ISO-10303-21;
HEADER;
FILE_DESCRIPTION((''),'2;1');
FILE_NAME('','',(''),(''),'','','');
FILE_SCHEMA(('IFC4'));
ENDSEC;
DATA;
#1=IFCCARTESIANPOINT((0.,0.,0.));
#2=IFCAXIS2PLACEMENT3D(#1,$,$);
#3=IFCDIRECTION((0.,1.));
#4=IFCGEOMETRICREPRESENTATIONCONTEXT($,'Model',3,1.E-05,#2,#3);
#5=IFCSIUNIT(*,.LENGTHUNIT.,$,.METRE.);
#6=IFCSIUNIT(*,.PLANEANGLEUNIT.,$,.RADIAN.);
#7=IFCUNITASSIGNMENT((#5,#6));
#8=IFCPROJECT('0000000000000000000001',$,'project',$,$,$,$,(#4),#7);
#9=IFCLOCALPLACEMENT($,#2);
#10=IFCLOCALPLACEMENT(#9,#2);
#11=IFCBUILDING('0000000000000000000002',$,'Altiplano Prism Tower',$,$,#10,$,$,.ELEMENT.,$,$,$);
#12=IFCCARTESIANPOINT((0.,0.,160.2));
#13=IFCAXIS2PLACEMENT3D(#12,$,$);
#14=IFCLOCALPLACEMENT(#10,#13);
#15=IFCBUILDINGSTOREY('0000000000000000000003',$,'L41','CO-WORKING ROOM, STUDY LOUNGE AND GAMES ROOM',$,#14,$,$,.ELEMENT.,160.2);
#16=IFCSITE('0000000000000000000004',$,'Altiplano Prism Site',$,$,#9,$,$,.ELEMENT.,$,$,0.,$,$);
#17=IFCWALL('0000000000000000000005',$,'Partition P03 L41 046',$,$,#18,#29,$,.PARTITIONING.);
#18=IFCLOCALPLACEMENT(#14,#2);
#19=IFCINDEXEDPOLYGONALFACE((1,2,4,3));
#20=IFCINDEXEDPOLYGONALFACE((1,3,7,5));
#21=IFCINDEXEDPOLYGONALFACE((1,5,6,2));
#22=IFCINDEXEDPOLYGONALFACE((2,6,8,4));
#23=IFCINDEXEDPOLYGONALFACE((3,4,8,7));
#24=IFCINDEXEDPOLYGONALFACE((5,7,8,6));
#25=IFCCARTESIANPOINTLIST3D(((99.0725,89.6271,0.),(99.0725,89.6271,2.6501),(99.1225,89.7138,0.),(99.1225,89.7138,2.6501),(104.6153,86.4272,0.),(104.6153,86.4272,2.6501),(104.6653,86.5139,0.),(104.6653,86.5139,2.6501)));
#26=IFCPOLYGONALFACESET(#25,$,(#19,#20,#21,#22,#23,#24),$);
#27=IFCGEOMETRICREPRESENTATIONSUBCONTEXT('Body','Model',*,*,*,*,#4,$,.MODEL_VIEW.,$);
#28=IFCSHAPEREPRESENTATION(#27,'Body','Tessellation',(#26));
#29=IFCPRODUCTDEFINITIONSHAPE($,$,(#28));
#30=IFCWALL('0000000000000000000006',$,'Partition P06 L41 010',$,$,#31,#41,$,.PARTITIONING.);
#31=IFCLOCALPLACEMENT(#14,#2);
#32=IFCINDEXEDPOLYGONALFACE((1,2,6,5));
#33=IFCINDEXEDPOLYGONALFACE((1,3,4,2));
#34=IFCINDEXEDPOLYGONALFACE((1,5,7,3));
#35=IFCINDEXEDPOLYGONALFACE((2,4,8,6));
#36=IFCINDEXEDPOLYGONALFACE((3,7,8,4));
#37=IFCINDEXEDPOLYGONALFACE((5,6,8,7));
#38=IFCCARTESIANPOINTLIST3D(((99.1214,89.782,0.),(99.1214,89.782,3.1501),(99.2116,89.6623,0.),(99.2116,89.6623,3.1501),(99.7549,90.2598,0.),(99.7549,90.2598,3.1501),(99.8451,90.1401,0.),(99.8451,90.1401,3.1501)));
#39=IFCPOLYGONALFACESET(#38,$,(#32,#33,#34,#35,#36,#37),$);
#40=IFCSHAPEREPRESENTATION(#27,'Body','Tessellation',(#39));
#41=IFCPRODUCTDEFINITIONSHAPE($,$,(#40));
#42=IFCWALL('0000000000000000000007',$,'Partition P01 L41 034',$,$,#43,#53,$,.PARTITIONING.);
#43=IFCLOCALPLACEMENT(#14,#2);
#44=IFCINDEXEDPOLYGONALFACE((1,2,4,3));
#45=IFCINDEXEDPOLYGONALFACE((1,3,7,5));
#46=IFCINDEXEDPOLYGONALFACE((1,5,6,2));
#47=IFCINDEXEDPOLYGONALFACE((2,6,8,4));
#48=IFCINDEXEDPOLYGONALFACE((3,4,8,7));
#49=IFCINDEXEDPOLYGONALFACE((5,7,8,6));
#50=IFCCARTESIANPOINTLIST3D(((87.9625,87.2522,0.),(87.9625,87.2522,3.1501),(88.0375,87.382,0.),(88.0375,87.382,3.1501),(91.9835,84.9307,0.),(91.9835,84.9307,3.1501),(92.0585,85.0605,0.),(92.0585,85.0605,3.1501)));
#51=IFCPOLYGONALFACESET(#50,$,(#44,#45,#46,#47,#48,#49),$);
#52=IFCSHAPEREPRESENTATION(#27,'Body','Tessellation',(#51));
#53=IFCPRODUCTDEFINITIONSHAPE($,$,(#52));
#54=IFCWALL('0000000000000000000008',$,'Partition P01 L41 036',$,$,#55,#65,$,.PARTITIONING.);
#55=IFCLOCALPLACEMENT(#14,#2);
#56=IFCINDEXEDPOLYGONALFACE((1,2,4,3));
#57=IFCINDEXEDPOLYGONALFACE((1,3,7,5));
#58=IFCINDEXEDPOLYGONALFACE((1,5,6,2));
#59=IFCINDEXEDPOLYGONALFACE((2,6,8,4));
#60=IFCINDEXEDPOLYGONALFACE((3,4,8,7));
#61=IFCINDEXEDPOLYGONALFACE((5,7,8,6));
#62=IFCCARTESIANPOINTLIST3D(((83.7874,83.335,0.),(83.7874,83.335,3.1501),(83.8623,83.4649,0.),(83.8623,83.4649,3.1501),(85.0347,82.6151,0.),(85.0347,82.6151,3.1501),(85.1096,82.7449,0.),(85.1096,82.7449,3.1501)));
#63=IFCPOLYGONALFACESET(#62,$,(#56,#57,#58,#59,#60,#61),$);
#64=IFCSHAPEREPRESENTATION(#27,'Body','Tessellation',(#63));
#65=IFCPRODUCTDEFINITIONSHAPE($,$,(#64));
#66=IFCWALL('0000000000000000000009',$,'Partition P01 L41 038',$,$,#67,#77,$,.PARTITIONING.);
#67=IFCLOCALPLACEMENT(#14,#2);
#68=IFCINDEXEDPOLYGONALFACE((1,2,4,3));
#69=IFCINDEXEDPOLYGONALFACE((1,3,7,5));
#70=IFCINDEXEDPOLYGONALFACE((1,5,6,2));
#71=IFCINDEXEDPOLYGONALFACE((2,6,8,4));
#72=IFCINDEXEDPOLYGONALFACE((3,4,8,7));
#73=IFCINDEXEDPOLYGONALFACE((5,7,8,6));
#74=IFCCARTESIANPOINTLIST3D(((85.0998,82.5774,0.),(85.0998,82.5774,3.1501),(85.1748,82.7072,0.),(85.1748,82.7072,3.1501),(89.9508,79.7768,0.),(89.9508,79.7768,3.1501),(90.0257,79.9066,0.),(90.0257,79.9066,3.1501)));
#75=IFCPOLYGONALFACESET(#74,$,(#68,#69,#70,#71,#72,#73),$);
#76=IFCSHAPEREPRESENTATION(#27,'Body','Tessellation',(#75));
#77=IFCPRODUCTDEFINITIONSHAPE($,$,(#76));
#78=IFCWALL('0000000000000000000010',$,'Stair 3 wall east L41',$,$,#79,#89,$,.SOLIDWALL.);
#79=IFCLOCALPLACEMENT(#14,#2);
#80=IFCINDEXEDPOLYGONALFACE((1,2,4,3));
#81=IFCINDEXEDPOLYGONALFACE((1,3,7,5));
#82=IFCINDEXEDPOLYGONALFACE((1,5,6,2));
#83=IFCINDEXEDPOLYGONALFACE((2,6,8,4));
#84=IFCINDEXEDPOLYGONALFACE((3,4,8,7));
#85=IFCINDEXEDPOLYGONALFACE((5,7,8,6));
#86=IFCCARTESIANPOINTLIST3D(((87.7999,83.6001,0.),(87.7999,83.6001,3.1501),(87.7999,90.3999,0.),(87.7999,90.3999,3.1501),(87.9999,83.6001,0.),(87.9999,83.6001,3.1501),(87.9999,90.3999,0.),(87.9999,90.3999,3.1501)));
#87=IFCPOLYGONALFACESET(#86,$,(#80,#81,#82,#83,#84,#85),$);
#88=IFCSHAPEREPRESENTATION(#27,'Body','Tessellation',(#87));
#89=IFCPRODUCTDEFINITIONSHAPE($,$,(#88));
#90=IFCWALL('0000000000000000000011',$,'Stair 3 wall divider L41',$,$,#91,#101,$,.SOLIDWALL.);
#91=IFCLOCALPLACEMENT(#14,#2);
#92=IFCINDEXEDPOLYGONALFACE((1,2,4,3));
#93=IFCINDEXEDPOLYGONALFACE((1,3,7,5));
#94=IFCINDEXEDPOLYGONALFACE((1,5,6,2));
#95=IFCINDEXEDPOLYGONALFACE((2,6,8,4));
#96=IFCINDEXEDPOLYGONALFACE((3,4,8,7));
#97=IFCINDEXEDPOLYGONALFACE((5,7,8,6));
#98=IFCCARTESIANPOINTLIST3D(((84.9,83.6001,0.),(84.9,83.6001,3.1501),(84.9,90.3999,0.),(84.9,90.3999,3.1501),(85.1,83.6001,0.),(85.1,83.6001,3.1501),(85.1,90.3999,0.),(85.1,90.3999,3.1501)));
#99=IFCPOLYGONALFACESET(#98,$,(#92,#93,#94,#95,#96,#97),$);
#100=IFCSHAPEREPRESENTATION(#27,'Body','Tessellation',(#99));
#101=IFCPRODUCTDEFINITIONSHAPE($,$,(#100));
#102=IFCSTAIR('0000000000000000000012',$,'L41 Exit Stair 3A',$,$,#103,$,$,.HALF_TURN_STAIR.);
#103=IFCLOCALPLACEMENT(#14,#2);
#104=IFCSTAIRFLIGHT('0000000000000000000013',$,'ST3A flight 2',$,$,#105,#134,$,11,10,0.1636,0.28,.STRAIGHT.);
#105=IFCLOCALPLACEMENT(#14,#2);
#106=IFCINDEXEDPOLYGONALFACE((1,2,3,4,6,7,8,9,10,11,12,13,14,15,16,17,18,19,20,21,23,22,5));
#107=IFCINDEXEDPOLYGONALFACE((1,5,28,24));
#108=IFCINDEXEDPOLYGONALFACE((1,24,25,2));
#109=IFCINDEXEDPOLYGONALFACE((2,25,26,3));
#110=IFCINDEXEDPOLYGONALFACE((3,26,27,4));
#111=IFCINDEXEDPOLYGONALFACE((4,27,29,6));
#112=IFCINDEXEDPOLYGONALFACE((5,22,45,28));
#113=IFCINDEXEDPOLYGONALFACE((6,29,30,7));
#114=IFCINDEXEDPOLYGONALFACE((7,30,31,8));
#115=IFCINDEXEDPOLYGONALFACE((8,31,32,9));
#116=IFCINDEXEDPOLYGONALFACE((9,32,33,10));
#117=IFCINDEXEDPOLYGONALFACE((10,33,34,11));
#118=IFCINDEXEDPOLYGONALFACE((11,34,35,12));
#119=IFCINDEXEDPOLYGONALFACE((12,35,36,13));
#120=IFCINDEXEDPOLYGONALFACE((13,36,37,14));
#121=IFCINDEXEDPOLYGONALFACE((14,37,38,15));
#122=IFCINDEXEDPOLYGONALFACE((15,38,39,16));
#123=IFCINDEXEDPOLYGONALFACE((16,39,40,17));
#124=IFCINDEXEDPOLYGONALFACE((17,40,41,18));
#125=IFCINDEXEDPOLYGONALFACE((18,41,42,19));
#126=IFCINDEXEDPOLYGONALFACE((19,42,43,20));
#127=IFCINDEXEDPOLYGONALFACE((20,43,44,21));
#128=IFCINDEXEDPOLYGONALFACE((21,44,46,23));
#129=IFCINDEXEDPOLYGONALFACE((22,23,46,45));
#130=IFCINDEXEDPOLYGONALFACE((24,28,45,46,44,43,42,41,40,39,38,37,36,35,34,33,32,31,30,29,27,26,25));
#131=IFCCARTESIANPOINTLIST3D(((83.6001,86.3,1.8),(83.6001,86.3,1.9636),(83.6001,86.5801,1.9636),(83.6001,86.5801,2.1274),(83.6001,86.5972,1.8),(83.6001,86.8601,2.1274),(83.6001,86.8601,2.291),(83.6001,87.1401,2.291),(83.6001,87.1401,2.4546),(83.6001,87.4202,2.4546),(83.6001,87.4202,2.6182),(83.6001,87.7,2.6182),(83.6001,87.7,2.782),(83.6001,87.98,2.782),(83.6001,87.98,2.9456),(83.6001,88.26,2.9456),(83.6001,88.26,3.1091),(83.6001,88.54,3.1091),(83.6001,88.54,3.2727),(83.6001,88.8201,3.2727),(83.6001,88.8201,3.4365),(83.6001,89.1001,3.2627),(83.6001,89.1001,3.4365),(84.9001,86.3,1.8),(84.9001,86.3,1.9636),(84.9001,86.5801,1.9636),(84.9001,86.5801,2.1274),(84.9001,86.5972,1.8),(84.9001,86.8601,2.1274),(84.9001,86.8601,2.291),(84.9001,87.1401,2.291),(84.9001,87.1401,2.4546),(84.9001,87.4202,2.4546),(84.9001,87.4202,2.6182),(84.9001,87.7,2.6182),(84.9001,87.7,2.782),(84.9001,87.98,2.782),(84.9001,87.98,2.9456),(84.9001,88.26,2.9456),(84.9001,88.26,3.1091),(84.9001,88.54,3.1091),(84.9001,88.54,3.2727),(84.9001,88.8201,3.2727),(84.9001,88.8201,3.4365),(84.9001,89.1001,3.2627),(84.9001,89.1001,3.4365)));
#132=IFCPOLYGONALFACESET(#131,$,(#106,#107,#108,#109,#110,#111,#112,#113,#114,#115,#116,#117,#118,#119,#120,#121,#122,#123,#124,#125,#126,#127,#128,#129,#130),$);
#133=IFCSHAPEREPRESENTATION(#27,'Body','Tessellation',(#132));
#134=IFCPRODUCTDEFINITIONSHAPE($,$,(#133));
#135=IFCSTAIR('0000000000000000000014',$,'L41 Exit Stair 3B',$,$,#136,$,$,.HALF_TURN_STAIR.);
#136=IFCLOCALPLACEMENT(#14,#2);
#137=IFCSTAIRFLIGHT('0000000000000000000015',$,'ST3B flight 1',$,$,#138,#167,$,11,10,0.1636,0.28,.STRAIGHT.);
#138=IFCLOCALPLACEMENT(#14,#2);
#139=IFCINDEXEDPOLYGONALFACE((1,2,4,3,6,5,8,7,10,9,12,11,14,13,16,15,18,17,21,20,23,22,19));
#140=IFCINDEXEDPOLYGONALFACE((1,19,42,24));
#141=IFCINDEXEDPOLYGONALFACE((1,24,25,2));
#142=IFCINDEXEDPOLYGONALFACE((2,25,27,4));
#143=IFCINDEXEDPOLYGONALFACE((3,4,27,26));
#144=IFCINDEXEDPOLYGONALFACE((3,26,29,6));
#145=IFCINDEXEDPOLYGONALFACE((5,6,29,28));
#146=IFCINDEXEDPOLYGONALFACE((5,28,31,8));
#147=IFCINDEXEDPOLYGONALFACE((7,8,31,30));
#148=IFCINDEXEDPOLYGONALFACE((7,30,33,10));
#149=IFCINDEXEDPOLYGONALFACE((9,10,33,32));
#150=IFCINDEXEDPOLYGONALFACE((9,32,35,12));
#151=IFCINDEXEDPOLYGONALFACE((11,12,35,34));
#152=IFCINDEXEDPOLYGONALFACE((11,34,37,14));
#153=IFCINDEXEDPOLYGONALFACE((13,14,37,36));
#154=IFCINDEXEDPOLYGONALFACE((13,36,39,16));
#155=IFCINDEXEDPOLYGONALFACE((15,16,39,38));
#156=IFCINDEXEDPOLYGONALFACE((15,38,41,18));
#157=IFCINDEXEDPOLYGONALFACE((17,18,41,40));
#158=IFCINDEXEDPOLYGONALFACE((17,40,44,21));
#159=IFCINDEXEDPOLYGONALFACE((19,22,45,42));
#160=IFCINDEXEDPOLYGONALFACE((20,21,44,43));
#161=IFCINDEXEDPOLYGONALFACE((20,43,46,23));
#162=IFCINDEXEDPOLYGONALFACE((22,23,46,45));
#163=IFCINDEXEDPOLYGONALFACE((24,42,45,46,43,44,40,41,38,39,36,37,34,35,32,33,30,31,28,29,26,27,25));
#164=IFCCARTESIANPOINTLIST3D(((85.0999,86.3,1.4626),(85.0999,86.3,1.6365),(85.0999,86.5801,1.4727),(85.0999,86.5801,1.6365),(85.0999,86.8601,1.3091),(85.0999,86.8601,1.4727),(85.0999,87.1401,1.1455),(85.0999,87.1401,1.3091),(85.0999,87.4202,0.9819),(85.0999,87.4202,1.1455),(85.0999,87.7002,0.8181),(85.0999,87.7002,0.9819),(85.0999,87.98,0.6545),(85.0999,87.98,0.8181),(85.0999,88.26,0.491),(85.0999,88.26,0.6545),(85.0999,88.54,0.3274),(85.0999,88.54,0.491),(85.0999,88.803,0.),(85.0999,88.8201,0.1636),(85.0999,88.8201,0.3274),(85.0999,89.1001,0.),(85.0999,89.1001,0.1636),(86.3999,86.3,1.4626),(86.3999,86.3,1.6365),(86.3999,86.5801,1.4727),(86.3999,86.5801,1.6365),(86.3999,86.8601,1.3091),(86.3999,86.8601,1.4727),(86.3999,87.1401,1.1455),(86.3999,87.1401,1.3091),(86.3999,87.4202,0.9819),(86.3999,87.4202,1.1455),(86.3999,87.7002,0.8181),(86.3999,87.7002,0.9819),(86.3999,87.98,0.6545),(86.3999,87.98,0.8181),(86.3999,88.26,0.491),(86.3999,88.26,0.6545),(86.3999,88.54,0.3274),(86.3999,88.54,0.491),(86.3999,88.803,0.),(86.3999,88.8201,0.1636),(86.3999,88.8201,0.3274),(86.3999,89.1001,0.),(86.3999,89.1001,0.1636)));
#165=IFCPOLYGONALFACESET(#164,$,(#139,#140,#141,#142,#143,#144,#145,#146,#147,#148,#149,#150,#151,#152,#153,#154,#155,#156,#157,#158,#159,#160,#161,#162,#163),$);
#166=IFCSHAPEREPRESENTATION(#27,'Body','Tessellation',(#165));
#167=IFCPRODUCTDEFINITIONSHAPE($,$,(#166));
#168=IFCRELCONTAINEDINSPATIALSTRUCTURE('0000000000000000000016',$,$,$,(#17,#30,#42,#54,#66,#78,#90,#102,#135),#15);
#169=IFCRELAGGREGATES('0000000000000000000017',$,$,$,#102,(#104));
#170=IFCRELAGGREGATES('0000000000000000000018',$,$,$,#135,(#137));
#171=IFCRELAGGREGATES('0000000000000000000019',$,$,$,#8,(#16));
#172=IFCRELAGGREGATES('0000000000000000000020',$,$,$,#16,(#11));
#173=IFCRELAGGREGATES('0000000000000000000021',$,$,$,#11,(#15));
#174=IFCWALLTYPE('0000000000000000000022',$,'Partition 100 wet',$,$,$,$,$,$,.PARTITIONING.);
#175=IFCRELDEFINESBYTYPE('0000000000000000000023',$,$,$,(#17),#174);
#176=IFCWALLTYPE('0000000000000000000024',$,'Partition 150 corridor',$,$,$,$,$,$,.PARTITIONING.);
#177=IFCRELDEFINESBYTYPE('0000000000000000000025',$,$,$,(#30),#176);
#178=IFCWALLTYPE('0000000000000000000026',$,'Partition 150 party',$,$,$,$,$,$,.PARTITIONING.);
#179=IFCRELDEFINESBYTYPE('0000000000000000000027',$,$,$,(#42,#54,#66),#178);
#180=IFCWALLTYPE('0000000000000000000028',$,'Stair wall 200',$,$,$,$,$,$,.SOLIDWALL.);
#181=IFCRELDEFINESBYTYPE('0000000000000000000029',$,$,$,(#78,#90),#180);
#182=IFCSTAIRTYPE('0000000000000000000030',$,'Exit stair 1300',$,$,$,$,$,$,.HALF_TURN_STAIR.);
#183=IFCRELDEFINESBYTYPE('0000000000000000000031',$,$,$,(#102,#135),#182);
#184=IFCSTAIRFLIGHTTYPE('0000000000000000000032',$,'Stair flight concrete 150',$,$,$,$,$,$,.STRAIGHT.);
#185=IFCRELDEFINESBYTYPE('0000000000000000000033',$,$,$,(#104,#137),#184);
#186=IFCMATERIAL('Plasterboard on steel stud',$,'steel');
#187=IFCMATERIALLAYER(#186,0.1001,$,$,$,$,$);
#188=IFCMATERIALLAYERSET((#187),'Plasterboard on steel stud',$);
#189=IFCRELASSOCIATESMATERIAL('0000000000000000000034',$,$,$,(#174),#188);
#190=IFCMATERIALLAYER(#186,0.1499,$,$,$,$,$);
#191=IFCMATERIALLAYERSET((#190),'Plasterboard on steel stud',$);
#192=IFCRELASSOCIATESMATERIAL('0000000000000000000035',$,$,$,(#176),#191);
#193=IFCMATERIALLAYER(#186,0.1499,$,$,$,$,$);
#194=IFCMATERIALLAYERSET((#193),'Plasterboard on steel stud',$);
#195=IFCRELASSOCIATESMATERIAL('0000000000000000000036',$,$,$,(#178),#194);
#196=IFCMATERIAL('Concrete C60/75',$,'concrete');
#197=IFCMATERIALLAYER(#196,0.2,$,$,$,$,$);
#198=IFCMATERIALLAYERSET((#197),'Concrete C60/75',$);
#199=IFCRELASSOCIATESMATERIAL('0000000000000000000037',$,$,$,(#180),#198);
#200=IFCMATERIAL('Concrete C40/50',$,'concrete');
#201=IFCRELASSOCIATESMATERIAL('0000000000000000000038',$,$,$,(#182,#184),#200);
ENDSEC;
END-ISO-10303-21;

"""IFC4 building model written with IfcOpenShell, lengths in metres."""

from ifc_helpers import new_model, si_unit, direction, frame, frame_2d, origin, place, context, subcontext, project, spatial, polyline, rectangle, outline, extrude, material, layer, layer_set, type_object, element, aggregate, save


model = new_model("IFC4")

# Units and contexts
model_context = context("Model", 3, precision=1e-05, world=origin(), true_north=direction((0.0, 1.0)))
body_context = subcontext(model_context, "Body", "Model", "MODEL_VIEW")
ifc_project = project(units=[si_unit("LENGTHUNIT", "METRE"), si_unit("PLANEANGLEUNIT", "RADIAN")], contexts=[model_context])

# Site, building, storey
site_placement = place(None, origin())
site = spatial("IfcSite", under=ifc_project, at=site_placement, Name="Altiplano Prism Site", CompositionType="ELEMENT", RefElevation=0.0)
building_placement = place(site_placement, origin())
building = spatial("IfcBuilding", under=site, at=building_placement, Name="Altiplano Prism Tower", CompositionType="ELEMENT")
storey_placement = place(building_placement, frame((0.0, 0.0, 160.2)))
storey = spatial("IfcBuildingStorey", under=building, at=storey_placement, Name="L41", Description="CO-WORKING ROOM, STUDY LOUNGE AND GAMES ROOM", CompositionType="ELEMENT", Elevation=160.2)

# Shared definitions
ifc_material_1 = material(Name="Concrete C60/75", Category="concrete")

# Walls
ifc_material_2 = material(Name="Plasterboard on steel stud", Category="steel")
ifc_layer_1 = layer(ifc_material_2, 0.1001)
ifc_layer_set_1 = layer_set([ifc_layer_1], Name="Plasterboard on steel stud")
wall_type_1 = type_object("IfcWallType", Name="Partition 100 wet", PredefinedType="PARTITIONING", material=ifc_layer_set_1)
wall_1_placement = place(storey_placement, frame((104.6404, 86.4705, 0.0), z_axis=(0.0, 0.0, 1.0), x_axis=(-0.866035, 0.499983, 0.0)))
element("IfcWall", 1, at=wall_1_placement, inside=storey, type_object=wall_type_1, Name="Partition P03 L41 046", PredefinedType="PARTITIONING", context=body_context, shape_type="SweptSolid", body=[
    extrude(rectangle(XDim=6.4001, YDim=0.1001, at=frame_2d((3.2002, 0.0))), origin(), (0.0, 0.0, 1.0), 2.6501),
])
ifc_layer_2 = layer(ifc_material_2, 0.1499)
ifc_layer_set_2 = layer_set([ifc_layer_2], Name="Plasterboard on steel stud")
wall_type_2 = type_object("IfcWallType", Name="Partition 150 corridor", PredefinedType="PARTITIONING", material=ifc_layer_set_2)
wall_2_placement = place(storey_placement, frame((99.1665, 89.7222, 0.0), z_axis=(0.0, 0.0, 1.0), x_axis=(0.79841, 0.602115, 0.0)))
element("IfcWall", 2, at=wall_2_placement, inside=storey, type_object=wall_type_2, Name="Partition P06 L41 010", PredefinedType="PARTITIONING", context=body_context, shape_type="SweptSolid", body=[
    extrude(rectangle(XDim=0.7935, YDim=0.1499, at=frame_2d((0.3967, 0.0))), origin(), (0.0, 0.0, 1.0), 3.1501),
])
ifc_layer_3 = layer(ifc_material_2, 0.1499)
ifc_layer_set_3 = layer_set([ifc_layer_3], Name="Plasterboard on steel stud")
wall_type_3 = type_object("IfcWallType", Name="Partition 150 party", PredefinedType="PARTITIONING", material=ifc_layer_set_3)
wall_3_placement = place(storey_placement, frame((88.0, 87.3171, 0.0), z_axis=(0.0, 0.0, 1.0), x_axis=(0.866024, -0.500002, 0.0)))
element("IfcWall", 3, at=wall_3_placement, inside=storey, type_object=wall_type_3, Name="Partition P01 L41 034", PredefinedType="PARTITIONING", context=body_context, shape_type="SweptSolid", body=[
    extrude(rectangle(XDim=4.6431, YDim=0.1499, at=frame_2d((2.3215, 0.0))), origin(), (0.0, 0.0, 1.0), 3.1501),
])
wall_4_placement = place(storey_placement, frame((85.0723, 82.6799, 0.0), z_axis=(0.0, 0.0, 1.0), x_axis=(-0.866075, 0.499913, 0.0)))
element("IfcWall", 4, at=wall_4_placement, inside=storey, type_object=wall_type_3, Name="Partition P01 L41 036", PredefinedType="PARTITIONING", context=body_context, shape_type="SweptSolid", body=[
    extrude(rectangle(XDim=1.4402, YDim=0.1499, at=frame_2d((0.7202, 0.0))), origin(), (0.0, 0.0, 1.0), 3.1501),
])
wall_5_placement = place(storey_placement, frame((85.1372, 82.6423, 0.0), z_axis=(0.0, 0.0, 1.0), x_axis=(0.866032, -0.499988, 0.0)))
element("IfcWall", 5, at=wall_5_placement, inside=storey, type_object=wall_type_3, Name="Partition P01 L41 038", PredefinedType="PARTITIONING", context=body_context, shape_type="SweptSolid", body=[
    extrude(rectangle(XDim=5.6013, YDim=0.1499, at=frame_2d((2.8008, 0.0))), origin(), (0.0, 0.0, 1.0), 3.1501),
])
ifc_layer_4 = layer(ifc_material_1, 0.2)
ifc_layer_set_4 = layer_set([ifc_layer_4], Name="Concrete C60/75")
wall_type_4 = type_object("IfcWallType", Name="Stair wall 200", PredefinedType="SOLIDWALL", material=ifc_layer_set_4)
for number, where, z_axis, x_axis, name in (
    (6, (87.8999, 83.6001, 0.0), (0.0, 0.0, 1.0), (0.0, 1.0, 0.0), "Stair 3 wall east L41"),
    (7, (85.0, 83.6001, 0.0), (0.0, 0.0, 1.0), (0.0, 1.0, 0.0), "Stair 3 wall divider L41"),
):
    element("IfcWall", number, at=place(storey_placement, frame(where, z_axis=z_axis, x_axis=x_axis)), inside=storey, type_object=wall_type_4, Name=name, PredefinedType="SOLIDWALL", context=body_context, shape_type="SweptSolid", body=[
        extrude(rectangle(XDim=6.7998, YDim=0.2, at=frame_2d((3.3999, 0.0))), origin(), (0.0, 0.0, 1.0), 3.1501),
    ])

# Stair, stair flight
ifc_material_3 = material(Name="Concrete C40/50", Category="concrete")
stair_type = type_object("IfcStairType", Name="Exit stair 1300", PredefinedType="HALF_TURN_STAIR", material=ifc_material_3)
stair_1_placement = place(storey_placement, origin())
stair_1 = element("IfcStair", 8, at=stair_1_placement, inside=storey, type_object=stair_type, Name="L41 Exit Stair 3A", PredefinedType="HALF_TURN_STAIR")
stair_flight_type = type_object("IfcStairFlightType", Name="Stair flight concrete 150", PredefinedType="STRAIGHT", material=ifc_material_3)
stair_flight_1_placement = place(storey_placement, frame((84.25, 86.3, 1.8), z_axis=(0.0, 0.0, 1.0), x_axis=(0.0, 1.0, 0.0)))
stair_flight_1 = element("IfcStairFlight", 9, at=stair_flight_1_placement, type_object=stair_flight_type, Name="ST3A flight 2", NumberOfRisers=11, NumberOfTreads=10, PredefinedType="STRAIGHT", RiserHeight=0.1636, TreadLength=0.28, context=body_context, shape_type="SweptSolid", body=[
    extrude(outline(polyline([(0.0, 0.0), (0.0, 0.1636), (0.28, 0.1636), (0.28, 0.3274), (0.5601, 0.3274), (0.5601, 0.491), (0.8401, 0.491), (0.8401, 0.6545), (1.1201, 0.6545), (1.1201, 0.8181), (1.3999, 0.8181), (1.3999, 0.9819), (1.6799, 0.9819), (1.6799, 1.1455), (1.96, 1.1455), (1.96, 1.3091), (2.24, 1.3091), (2.24, 1.4727), (2.52, 1.4727), (2.52, 1.6365), (2.8, 1.6365), (2.8, 1.8), (2.8, 1.4626), (0.2971, 0.0), (0.0, 0.0)])), frame((0.0, 0.6499, 0.0), z_axis=(0.0, -1.0, 0.0), x_axis=(1.0, 0.0, 0.0)), (0.0, 0.0, 1.0), 1.3),
])
aggregate(stair_1, [stair_flight_1])

# Stair, stair flight
stair_2_placement = place(storey_placement, origin())
stair_2 = element("IfcStair", 10, at=stair_2_placement, inside=storey, type_object=stair_type, Name="L41 Exit Stair 3B", PredefinedType="HALF_TURN_STAIR")
stair_flight_2_placement = place(storey_placement, frame((85.75, 89.1001, 0.0), z_axis=(0.0, 0.0, 1.0), x_axis=(0.0, -1.0, 0.0)))
stair_flight_2 = element("IfcStairFlight", 11, at=stair_flight_2_placement, type_object=stair_flight_type, Name="ST3B flight 1", NumberOfRisers=11, NumberOfTreads=10, PredefinedType="STRAIGHT", RiserHeight=0.1636, TreadLength=0.28, context=body_context, shape_type="SweptSolid", body=[
    extrude(outline(polyline([(0.0, 0.0), (0.0, 0.1636), (0.28, 0.1636), (0.28, 0.3274), (0.5601, 0.3274), (0.5601, 0.491), (0.8401, 0.491), (0.8401, 0.6545), (1.1201, 0.6545), (1.1201, 0.8181), (1.3999, 0.8181), (1.3999, 0.9819), (1.6799, 0.9819), (1.6799, 1.1455), (1.96, 1.1455), (1.96, 1.3091), (2.24, 1.3091), (2.24, 1.4727), (2.52, 1.4727), (2.52, 1.6365), (2.8, 1.6365), (2.8, 1.8), (2.8, 1.4626), (0.2971, 0.0), (0.0, 0.0)])), frame((0.0, 0.6499, 0.0), z_axis=(0.0, -1.0, 0.0), x_axis=(1.0, 0.0, 0.0)), (0.0, 0.0, 1.0), 1.3),
])
aggregate(stair_2, [stair_flight_2])

save(model, "model.ifc")
